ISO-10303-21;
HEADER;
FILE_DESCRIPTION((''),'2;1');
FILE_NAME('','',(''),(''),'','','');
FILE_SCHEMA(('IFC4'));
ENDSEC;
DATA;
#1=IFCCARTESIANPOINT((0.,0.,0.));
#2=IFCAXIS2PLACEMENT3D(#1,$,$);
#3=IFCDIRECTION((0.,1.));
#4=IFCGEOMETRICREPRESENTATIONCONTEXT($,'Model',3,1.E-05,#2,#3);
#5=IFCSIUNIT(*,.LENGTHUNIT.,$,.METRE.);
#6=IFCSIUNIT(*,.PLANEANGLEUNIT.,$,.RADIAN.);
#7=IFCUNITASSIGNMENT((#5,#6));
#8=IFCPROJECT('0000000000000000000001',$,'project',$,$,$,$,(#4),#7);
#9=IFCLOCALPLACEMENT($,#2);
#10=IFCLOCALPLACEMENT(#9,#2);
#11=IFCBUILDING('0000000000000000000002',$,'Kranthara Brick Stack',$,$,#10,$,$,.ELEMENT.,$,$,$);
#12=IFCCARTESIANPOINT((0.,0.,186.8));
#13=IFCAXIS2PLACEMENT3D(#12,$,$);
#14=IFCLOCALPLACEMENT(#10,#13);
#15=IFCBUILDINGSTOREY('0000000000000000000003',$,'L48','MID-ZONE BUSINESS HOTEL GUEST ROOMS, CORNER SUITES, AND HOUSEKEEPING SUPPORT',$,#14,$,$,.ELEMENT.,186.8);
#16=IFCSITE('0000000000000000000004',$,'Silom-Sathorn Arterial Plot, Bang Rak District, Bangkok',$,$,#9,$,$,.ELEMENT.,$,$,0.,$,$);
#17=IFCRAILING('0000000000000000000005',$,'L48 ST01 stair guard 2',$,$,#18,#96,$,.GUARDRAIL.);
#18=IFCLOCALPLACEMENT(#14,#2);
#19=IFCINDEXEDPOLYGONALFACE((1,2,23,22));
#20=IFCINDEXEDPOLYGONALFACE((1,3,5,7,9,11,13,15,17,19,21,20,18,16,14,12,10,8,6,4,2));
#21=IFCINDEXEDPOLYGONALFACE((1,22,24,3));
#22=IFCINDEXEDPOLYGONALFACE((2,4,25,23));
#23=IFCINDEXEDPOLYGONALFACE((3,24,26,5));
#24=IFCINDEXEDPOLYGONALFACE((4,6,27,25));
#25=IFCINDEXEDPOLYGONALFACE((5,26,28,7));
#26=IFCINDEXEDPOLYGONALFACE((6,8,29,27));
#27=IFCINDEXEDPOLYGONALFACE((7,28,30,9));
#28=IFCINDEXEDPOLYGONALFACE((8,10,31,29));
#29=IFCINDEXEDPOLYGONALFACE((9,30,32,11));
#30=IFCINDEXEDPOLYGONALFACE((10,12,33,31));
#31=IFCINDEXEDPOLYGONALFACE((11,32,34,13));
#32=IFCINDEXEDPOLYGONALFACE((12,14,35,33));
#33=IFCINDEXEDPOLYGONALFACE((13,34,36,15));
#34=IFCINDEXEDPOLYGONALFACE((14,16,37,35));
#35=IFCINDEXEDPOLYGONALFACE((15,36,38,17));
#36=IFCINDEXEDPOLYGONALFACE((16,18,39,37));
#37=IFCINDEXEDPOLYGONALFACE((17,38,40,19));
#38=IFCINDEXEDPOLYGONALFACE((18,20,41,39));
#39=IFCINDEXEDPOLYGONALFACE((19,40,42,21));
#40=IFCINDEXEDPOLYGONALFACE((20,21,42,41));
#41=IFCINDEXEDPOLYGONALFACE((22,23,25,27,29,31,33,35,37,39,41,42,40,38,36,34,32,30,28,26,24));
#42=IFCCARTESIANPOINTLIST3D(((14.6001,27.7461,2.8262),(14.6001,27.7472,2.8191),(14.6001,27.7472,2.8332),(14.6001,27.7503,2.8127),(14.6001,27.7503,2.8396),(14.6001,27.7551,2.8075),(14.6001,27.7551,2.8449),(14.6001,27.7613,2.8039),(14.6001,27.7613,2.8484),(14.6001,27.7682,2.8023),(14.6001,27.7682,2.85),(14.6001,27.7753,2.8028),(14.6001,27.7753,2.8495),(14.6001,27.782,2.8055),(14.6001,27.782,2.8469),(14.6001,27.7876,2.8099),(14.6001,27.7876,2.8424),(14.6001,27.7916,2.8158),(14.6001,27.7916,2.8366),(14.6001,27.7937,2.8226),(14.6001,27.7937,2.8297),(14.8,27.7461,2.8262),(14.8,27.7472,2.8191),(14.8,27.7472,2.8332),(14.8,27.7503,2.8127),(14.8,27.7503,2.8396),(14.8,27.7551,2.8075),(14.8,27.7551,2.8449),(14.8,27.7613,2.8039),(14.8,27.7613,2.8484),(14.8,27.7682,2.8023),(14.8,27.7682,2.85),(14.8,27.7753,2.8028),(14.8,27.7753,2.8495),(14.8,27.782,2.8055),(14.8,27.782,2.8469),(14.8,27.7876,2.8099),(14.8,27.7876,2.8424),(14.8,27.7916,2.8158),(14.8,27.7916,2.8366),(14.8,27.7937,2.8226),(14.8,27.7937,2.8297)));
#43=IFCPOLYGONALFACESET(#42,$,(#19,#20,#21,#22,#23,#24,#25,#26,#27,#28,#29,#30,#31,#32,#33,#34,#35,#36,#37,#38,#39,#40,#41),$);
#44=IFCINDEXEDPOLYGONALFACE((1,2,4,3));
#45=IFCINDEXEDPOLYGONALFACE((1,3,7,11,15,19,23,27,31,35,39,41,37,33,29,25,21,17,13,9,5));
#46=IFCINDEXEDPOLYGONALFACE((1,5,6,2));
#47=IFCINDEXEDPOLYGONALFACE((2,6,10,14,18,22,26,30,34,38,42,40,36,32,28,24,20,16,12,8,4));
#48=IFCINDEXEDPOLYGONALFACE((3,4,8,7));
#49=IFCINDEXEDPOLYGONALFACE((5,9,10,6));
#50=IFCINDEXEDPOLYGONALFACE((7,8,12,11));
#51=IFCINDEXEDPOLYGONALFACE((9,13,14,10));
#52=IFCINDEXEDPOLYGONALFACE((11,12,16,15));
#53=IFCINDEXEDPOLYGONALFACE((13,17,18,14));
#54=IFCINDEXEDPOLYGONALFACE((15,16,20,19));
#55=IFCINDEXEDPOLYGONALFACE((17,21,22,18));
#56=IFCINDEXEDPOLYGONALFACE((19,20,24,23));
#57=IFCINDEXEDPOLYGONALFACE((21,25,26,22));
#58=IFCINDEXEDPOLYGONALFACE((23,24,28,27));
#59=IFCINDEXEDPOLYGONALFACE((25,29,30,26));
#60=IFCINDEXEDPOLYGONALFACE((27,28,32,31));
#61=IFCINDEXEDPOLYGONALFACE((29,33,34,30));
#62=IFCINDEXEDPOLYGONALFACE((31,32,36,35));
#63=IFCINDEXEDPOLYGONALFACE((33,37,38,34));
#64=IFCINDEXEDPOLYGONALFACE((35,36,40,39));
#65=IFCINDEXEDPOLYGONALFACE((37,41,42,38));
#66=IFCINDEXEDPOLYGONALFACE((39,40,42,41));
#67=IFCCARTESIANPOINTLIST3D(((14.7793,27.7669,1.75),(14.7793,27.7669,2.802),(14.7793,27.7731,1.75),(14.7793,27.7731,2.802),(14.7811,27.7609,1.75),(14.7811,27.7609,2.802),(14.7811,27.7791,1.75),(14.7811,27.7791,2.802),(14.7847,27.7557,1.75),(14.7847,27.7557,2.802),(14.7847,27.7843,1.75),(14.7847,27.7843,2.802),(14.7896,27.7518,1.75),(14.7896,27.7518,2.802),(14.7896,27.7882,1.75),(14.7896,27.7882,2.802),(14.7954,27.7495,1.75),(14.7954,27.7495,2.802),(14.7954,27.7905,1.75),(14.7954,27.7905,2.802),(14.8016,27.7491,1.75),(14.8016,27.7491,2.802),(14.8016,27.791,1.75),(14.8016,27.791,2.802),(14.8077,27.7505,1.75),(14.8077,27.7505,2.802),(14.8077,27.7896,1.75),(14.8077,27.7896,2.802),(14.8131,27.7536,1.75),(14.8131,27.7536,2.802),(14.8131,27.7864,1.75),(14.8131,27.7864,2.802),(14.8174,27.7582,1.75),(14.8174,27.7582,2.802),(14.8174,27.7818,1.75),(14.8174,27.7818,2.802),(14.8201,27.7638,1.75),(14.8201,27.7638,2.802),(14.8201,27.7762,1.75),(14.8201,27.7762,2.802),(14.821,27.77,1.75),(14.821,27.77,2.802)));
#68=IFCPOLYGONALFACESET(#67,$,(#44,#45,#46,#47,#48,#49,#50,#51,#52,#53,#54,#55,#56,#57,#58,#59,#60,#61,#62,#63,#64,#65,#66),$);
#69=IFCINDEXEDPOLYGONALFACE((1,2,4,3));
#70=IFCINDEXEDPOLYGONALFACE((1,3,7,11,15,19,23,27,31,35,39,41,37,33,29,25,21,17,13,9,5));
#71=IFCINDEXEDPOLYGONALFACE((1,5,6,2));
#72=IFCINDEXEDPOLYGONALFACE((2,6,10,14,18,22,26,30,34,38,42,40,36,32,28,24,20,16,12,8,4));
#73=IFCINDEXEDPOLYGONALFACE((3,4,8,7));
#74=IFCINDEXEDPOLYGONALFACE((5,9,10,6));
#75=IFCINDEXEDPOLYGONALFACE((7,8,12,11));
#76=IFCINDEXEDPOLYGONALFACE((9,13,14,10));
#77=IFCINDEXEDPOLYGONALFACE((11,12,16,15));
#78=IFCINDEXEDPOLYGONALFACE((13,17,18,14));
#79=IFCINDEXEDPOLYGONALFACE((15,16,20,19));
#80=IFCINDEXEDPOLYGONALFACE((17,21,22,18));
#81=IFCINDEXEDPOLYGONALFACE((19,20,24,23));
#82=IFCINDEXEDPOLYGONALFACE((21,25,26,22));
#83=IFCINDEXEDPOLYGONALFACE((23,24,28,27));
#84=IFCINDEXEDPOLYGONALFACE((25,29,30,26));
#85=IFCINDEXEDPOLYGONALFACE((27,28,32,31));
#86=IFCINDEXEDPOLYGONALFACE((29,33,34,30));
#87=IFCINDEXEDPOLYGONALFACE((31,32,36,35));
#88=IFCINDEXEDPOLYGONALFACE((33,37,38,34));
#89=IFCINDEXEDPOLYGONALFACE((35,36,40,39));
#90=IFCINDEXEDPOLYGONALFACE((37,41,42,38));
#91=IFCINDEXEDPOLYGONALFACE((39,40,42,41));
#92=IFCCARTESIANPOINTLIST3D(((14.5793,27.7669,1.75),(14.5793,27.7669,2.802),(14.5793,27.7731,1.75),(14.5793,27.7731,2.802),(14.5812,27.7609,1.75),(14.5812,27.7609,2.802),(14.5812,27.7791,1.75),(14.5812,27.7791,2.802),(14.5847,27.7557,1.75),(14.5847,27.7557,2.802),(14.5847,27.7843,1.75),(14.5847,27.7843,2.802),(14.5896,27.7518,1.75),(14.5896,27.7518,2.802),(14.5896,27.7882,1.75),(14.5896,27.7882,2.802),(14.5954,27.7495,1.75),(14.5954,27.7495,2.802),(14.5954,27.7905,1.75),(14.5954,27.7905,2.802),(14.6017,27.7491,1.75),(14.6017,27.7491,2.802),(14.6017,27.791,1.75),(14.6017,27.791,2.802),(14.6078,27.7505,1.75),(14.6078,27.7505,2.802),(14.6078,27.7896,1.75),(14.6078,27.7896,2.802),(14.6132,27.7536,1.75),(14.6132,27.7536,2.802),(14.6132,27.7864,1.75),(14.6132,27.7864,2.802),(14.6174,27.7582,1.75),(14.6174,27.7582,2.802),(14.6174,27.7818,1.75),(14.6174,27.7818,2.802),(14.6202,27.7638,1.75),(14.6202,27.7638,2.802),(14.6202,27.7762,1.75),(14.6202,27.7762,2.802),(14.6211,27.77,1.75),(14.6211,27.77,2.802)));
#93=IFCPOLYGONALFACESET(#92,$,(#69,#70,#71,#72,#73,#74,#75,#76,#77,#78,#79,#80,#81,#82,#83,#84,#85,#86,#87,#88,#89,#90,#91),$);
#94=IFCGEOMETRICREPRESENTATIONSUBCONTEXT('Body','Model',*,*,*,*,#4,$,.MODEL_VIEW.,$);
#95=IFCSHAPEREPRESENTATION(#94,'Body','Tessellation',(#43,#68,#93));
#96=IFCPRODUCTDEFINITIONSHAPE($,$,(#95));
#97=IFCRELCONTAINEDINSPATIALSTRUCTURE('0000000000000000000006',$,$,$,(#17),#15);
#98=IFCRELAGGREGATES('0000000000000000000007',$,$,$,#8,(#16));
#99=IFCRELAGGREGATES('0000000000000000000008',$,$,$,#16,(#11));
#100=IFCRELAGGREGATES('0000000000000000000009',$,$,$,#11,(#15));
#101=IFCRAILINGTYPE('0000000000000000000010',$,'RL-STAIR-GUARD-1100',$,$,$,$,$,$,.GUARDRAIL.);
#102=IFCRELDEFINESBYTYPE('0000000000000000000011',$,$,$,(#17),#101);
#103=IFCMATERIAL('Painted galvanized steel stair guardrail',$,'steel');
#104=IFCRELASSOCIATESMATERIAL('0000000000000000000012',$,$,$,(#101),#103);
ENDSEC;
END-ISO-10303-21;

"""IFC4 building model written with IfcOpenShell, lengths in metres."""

from ifc_helpers import new_model, si_unit, direction, frame, origin, origin_2d, place, context, subcontext, project, spatial, circle, extrude, material, type_object, element, save


model = new_model("IFC4")

# Units and contexts
model_context = context("Model", 3, precision=1e-05, world=origin(), true_north=direction((0.0, 1.0)))
body_context = subcontext(model_context, "Body", "Model", "MODEL_VIEW")
ifc_project = project(units=[si_unit("LENGTHUNIT", "METRE"), si_unit("PLANEANGLEUNIT", "RADIAN")], contexts=[model_context])

# Site, building, storey
site_placement = place(None, origin())
site = spatial("IfcSite", under=ifc_project, at=site_placement, Name="Silom-Sathorn Arterial Plot, Bang Rak District, Bangkok", CompositionType="ELEMENT", RefElevation=0.0)
building_placement = place(site_placement, origin())
building = spatial("IfcBuilding", under=site, at=building_placement, Name="Kranthara Brick Stack", CompositionType="ELEMENT")
storey_placement = place(building_placement, frame((0.0, 0.0, 186.8)))
storey = spatial("IfcBuildingStorey", under=building, at=storey_placement, Name="L48", Description="MID-ZONE BUSINESS HOTEL GUEST ROOMS, CORNER SUITES, AND HOUSEKEEPING SUPPORT", CompositionType="ELEMENT", Elevation=186.8)

# Railing
ifc_material_1 = material(Name="Painted galvanized steel stair guardrail", Category="steel")
railing_type_1 = type_object("IfcRailingType", Name="RL-STAIR-GUARD-1100", PredefinedType="GUARDRAIL", material=ifc_material_1)
railing_1_placement = place(storey_placement, frame((14.8, 27.77, 1.75)))
element("IfcRailing", 1, at=railing_1_placement, inside=storey, type_object=railing_type_1, Name="L48 ST01 stair guard 2", PredefinedType="GUARDRAIL", context=body_context, shape_type="SweptSolid", body=[
    extrude(circle(Radius=0.0239, at=origin_2d()), frame((0.0, 0.0, 1.0762), z_axis=(-1.0, 0.0, 0.0), x_axis=(0.0, -1.0, 0.0)), (0.0, 0.0, 1.0), 0.2),
    extrude(circle(Radius=0.021, at=origin_2d()), origin(), (0.0, 0.0, 1.0), 1.052),
    extrude(circle(Radius=0.021, at=origin_2d()), frame((-0.2, 0.0, 0.0)), (0.0, 0.0, 1.0), 1.052),
])

save(model, "model.ifc")
